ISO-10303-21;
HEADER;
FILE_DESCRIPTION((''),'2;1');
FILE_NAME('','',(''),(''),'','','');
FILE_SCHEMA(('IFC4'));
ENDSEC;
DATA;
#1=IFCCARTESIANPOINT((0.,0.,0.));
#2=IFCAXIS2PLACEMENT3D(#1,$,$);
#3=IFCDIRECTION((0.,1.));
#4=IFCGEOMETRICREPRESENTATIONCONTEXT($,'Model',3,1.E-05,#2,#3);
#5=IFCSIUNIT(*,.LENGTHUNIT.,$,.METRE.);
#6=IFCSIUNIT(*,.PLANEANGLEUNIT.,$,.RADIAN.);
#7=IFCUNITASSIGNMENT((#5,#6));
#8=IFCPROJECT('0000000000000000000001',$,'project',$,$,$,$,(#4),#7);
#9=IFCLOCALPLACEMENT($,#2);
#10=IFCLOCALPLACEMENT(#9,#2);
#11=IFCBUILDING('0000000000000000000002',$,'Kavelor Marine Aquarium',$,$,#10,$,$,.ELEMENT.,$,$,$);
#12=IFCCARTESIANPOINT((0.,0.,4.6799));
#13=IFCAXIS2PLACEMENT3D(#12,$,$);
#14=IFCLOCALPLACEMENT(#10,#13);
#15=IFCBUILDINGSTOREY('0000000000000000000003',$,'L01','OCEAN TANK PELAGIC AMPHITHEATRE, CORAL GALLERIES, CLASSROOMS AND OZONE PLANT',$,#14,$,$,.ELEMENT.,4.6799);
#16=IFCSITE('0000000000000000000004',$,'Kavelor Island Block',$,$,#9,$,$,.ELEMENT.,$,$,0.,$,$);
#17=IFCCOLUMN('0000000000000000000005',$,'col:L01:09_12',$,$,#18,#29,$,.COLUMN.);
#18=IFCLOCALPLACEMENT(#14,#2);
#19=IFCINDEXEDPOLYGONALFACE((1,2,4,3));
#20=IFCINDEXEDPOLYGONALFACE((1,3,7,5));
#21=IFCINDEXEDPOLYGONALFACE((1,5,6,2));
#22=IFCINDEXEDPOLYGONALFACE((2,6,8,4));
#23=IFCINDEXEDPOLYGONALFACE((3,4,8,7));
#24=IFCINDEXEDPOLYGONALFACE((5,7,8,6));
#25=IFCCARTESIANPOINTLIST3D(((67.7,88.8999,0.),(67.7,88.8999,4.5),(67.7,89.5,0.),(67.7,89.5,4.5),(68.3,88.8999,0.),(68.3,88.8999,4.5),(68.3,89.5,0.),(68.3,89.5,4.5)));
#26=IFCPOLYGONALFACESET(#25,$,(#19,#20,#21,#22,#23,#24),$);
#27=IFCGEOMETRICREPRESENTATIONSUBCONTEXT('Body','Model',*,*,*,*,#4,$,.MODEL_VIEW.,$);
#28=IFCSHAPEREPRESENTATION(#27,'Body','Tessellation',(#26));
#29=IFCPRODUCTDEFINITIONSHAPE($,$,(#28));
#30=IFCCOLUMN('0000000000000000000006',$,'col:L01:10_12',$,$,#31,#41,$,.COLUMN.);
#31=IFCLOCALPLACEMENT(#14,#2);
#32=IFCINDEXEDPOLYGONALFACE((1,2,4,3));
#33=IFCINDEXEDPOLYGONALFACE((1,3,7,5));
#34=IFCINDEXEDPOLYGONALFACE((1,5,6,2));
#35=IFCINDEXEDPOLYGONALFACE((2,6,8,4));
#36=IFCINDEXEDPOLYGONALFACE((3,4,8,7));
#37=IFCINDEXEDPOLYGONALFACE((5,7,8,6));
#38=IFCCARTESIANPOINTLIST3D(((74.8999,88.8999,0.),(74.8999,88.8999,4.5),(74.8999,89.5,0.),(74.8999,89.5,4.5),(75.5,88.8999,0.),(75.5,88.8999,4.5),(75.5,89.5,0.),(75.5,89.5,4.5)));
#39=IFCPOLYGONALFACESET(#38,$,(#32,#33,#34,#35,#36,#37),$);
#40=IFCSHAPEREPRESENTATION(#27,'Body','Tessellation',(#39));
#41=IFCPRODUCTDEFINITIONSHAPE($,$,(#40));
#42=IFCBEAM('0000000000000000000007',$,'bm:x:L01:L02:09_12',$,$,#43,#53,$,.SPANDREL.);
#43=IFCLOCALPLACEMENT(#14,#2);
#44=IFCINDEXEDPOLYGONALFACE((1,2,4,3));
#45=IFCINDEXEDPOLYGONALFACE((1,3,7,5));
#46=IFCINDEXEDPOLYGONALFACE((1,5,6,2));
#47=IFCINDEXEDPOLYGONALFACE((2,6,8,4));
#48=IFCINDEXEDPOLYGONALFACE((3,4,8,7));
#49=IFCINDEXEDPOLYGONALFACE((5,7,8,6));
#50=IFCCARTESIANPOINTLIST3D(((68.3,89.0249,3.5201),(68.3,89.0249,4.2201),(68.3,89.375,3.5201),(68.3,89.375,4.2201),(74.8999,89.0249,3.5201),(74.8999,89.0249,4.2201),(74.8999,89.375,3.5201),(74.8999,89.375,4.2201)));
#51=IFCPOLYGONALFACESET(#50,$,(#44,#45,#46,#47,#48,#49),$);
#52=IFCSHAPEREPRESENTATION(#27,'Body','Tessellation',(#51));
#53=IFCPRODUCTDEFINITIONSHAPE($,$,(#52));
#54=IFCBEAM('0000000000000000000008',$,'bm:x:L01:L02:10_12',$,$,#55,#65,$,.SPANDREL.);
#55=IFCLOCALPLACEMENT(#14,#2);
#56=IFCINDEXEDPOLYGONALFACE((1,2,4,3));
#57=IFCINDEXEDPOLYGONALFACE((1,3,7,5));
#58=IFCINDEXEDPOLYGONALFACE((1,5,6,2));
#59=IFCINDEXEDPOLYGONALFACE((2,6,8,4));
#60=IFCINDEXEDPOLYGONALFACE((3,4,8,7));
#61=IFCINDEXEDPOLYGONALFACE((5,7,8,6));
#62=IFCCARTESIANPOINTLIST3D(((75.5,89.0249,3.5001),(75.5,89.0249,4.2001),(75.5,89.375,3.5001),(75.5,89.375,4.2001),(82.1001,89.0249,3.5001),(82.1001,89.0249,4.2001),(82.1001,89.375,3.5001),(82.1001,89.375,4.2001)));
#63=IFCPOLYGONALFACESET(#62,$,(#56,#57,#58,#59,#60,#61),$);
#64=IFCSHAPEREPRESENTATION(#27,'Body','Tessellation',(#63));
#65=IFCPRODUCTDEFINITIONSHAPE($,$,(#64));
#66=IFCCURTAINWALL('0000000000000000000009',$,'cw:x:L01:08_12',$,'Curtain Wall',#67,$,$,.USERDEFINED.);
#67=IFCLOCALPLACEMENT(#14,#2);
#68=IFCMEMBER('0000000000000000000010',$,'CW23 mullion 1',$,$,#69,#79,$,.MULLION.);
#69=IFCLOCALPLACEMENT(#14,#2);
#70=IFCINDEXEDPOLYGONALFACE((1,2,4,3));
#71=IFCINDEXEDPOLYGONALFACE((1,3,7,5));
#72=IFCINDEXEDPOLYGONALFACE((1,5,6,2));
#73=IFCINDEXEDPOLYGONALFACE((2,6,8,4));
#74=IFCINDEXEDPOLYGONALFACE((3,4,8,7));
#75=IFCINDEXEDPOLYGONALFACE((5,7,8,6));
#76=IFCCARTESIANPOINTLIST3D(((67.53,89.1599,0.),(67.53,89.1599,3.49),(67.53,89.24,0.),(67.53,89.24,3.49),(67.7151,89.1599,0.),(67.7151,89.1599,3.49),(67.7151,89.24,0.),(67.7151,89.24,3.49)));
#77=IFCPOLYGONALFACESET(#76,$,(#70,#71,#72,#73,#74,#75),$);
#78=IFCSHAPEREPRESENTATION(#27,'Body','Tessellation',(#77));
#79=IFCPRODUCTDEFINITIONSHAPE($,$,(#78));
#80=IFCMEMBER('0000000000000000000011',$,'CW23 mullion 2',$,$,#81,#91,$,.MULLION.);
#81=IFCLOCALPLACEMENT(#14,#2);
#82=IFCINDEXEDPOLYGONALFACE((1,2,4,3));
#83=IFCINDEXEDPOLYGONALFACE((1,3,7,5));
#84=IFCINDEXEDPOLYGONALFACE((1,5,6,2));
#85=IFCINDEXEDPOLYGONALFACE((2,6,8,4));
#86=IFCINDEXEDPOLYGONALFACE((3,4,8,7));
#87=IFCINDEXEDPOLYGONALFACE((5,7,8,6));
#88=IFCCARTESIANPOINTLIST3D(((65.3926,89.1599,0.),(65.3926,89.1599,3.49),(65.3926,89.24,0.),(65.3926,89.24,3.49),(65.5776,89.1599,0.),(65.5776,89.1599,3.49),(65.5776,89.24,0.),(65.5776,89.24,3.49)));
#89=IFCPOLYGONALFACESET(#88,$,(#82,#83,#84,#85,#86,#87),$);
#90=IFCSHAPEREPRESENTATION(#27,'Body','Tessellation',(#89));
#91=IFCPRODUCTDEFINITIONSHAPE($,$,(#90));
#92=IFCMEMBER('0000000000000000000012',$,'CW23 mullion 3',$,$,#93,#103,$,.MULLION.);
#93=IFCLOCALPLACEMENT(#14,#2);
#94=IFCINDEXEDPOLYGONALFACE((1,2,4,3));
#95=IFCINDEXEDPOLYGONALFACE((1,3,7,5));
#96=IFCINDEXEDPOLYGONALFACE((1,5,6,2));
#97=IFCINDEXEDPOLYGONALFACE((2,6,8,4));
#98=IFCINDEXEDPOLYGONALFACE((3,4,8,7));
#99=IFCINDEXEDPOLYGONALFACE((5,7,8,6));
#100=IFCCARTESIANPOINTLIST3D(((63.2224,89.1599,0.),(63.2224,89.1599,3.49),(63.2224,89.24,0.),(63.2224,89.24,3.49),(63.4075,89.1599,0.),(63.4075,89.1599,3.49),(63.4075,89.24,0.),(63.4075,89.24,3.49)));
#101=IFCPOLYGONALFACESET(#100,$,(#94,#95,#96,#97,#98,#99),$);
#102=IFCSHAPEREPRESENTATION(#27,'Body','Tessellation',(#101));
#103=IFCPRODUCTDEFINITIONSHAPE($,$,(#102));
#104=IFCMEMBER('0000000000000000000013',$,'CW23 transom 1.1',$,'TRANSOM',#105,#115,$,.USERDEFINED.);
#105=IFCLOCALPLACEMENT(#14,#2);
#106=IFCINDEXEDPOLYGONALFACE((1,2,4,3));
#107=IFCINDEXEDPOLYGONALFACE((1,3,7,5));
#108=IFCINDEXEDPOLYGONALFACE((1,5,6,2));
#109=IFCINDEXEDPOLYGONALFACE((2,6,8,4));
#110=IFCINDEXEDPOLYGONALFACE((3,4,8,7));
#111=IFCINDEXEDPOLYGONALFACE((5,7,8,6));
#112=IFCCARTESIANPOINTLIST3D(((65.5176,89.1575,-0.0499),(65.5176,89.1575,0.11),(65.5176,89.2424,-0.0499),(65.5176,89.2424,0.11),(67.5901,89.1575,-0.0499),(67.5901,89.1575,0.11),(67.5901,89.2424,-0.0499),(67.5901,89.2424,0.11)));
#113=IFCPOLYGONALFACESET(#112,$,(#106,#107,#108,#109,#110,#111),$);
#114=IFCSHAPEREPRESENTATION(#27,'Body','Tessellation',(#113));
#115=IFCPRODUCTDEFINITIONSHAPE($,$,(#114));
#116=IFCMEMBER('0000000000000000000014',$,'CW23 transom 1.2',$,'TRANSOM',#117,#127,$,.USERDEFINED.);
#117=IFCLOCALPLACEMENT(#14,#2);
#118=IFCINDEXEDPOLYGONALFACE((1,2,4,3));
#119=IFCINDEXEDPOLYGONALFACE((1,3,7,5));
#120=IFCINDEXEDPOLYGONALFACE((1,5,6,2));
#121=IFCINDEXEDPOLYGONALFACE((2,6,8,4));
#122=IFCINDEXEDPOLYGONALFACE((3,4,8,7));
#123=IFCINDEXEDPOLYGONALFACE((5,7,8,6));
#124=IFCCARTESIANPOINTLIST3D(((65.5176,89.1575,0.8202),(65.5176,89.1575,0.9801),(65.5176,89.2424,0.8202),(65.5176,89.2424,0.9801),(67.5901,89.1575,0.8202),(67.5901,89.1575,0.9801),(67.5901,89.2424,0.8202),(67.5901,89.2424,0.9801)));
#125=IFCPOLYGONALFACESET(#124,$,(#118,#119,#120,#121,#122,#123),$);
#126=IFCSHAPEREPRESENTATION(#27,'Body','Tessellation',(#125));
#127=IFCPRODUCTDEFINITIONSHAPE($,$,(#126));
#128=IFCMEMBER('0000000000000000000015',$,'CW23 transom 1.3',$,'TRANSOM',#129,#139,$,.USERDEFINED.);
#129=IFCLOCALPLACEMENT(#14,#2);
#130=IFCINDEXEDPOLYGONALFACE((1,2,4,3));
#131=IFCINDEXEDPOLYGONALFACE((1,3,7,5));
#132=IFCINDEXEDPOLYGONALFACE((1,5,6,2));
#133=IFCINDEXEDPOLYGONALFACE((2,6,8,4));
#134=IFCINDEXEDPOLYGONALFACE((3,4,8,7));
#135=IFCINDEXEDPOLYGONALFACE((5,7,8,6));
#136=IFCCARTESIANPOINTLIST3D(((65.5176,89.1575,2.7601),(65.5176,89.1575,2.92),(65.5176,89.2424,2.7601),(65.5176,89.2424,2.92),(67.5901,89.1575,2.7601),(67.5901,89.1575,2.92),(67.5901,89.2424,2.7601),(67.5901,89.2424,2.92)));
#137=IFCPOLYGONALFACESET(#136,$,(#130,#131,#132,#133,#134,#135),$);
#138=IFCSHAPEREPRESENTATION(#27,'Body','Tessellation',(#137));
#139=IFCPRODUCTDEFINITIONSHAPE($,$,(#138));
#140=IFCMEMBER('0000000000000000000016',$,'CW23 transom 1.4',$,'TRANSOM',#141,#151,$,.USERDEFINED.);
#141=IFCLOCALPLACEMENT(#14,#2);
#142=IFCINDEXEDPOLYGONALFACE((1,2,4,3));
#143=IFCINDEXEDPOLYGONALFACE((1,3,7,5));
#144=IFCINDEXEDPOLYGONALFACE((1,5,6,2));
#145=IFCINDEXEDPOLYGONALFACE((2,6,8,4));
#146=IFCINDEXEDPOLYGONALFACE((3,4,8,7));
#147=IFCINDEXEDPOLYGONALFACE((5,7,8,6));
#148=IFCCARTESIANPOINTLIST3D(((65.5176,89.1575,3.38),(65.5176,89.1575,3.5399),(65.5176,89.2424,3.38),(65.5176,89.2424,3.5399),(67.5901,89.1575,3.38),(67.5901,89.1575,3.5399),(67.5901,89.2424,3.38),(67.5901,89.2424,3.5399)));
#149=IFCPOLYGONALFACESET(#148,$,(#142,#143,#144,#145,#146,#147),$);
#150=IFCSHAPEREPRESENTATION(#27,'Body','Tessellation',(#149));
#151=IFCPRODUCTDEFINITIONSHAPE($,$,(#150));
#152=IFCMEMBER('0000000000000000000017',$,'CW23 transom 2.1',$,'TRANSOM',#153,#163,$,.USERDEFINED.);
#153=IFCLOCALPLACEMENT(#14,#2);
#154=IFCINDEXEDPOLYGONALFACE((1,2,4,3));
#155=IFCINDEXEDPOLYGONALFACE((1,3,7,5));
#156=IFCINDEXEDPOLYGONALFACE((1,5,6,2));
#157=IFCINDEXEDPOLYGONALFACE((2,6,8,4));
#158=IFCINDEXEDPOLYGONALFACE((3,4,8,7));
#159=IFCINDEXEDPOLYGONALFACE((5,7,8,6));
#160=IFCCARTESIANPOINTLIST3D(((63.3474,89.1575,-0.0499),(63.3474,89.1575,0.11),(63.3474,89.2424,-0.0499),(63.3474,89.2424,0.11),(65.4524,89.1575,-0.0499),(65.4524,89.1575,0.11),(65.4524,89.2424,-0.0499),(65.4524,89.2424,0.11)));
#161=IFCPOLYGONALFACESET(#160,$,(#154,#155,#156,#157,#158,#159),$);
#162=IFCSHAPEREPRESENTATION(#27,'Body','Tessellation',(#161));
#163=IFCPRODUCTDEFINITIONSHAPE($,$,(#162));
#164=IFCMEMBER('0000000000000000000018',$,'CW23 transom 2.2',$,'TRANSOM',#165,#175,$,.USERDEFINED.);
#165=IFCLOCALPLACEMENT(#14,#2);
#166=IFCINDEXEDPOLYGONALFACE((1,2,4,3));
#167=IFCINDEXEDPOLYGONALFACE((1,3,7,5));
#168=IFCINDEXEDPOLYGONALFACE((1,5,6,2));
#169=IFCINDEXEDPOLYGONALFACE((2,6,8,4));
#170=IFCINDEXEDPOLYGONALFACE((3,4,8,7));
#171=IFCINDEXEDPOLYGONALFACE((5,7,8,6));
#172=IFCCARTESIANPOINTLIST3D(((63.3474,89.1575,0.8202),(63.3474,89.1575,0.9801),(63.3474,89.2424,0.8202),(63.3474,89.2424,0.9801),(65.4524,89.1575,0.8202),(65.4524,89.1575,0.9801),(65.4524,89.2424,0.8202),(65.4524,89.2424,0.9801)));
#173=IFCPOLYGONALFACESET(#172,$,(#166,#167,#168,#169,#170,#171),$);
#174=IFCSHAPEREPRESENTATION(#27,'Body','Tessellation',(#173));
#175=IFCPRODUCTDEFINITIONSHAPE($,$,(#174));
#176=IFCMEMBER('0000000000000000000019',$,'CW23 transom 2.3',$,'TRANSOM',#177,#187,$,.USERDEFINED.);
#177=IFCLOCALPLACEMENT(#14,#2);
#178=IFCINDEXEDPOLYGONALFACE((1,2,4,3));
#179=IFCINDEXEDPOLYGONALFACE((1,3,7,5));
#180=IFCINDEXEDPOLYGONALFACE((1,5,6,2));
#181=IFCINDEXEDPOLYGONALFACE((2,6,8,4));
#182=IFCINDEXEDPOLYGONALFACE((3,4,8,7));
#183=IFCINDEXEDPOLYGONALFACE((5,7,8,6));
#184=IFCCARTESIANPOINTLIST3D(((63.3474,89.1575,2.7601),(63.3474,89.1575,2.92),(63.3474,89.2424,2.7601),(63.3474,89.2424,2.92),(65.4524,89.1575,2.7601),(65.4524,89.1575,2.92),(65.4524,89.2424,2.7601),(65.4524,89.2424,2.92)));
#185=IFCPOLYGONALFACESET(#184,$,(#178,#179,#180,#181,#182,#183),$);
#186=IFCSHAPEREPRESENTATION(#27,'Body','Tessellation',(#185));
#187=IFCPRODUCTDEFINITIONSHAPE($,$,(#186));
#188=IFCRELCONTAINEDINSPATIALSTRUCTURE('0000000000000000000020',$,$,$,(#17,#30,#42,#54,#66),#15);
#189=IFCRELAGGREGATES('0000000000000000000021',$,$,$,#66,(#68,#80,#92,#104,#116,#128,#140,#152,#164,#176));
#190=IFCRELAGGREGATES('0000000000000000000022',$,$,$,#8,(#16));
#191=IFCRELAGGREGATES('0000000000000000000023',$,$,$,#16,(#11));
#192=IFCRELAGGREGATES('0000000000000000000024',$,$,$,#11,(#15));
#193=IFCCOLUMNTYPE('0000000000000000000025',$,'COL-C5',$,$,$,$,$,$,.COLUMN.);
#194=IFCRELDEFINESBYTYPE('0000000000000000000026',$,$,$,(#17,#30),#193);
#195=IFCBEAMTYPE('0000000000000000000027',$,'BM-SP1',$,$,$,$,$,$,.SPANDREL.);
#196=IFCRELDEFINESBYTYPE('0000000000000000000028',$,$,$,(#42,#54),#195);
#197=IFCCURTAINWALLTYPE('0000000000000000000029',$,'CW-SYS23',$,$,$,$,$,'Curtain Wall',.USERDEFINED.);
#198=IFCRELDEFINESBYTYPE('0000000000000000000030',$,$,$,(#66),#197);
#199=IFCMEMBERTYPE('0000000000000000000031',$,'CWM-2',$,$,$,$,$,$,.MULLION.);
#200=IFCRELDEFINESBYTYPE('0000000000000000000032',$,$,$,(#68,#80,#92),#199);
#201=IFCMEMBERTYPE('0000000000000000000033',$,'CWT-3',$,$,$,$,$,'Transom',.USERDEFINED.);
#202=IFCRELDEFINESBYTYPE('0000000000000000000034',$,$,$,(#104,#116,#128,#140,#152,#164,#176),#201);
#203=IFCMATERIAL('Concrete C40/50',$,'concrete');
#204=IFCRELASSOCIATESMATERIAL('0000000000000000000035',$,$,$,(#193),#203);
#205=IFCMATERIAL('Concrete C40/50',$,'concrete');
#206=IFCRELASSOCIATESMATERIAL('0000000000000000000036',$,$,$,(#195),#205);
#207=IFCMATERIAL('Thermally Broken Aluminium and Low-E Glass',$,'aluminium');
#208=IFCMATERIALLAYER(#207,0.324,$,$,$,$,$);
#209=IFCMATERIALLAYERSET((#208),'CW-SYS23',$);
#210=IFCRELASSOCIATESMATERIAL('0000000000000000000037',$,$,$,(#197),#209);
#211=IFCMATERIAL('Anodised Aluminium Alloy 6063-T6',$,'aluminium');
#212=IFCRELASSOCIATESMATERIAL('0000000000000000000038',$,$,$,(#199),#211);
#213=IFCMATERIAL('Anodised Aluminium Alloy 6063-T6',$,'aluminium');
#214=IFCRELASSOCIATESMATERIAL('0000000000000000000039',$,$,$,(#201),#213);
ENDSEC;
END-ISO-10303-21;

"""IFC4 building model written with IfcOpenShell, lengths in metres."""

from ifc_helpers import new_model, si_unit, direction, frame, origin, origin_2d, place, context, subcontext, project, spatial, rectangle, extrude, material, layer, layer_set, material_profile, profile_set, type_object, element, aggregate, save


model = new_model("IFC4")

# Units and contexts
model_context = context("Model", 3, precision=1e-05, world=origin(), true_north=direction((0.0, 1.0)))
body_context = subcontext(model_context, "Body", "Model", "MODEL_VIEW")
ifc_project = project(units=[si_unit("LENGTHUNIT", "METRE"), si_unit("PLANEANGLEUNIT", "RADIAN")], contexts=[model_context])

# Site, building, storey
site_placement = place(None, origin())
site = spatial("IfcSite", under=ifc_project, at=site_placement, Name="Kavelor Island Block", CompositionType="ELEMENT", RefElevation=0.0)
building_placement = place(site_placement, origin())
building = spatial("IfcBuilding", under=site, at=building_placement, Name="Kavelor Marine Aquarium", CompositionType="ELEMENT")
storey_placement = place(building_placement, frame((0.0, 0.0, 4.6799)))
storey = spatial("IfcBuildingStorey", under=building, at=storey_placement, Name="L01", Description="OCEAN TANK PELAGIC AMPHITHEATRE, CORAL GALLERIES, CLASSROOMS AND OZONE PLANT", CompositionType="ELEMENT", Elevation=4.6799)

# Columns
ifc_material_1 = material(Name="Concrete C40/50", Category="concrete")
ifc_material_profile_1 = material_profile(ifc_material_1, rectangle(XDim=0.6001, YDim=0.6001, at=origin_2d()), Name="RC-COL 600x600")
ifc_profile_set_1 = profile_set([ifc_material_profile_1], Name="Concrete C40/50")
column_type = type_object("IfcColumnType", Name="COL-C5", PredefinedType="COLUMN", material=ifc_profile_set_1)
for number, where, z_axis, x_axis, name in (
    (1, (68.0, 89.2, 0.0), (0.0, 0.0, 1.0), (1.0, 0.0, 0.0), "col:L01:09_12"),
    (2, (75.2, 89.2, 0.0), (0.0, 0.0, 1.0), (1.0, 0.0, 0.0), "col:L01:10_12"),
):
    element("IfcColumn", number, at=place(storey_placement, frame(where, z_axis=z_axis, x_axis=x_axis)), inside=storey, type_object=column_type, Name=name, PredefinedType="COLUMN", context=body_context, shape_type="SweptSolid", body=[
        extrude(rectangle(XDim=0.6001, YDim=0.6001, at=origin_2d()), origin(), (0.0, 0.0, 1.0), 4.5),
    ])

# Beams
ifc_material_2 = material(Name="Concrete C40/50", Category="concrete")
ifc_material_profile_2 = material_profile(ifc_material_2, rectangle(XDim=0.3501, YDim=0.7, at=origin_2d()), Name="RC-SP 350x700")
ifc_profile_set_2 = profile_set([ifc_material_profile_2], Name="Concrete C40/50")
beam_type = type_object("IfcBeamType", Name="BM-SP1", PredefinedType="SPANDREL", material=ifc_profile_set_2)
beam_1_placement = place(storey_placement, frame((68.3, 89.2, 3.8701), z_axis=(1.0, 0.0, 0.0), x_axis=(0.0, 1.0, 0.0)))
element("IfcBeam", 3, at=beam_1_placement, inside=storey, type_object=beam_type, Name="bm:x:L01:L02:09_12", PredefinedType="SPANDREL", context=body_context, shape_type="SweptSolid", body=[
    extrude(rectangle(XDim=0.3501, YDim=0.7, at=origin_2d()), origin(), (0.0, 0.0, 1.0), 6.5999),
])
beam_2_placement = place(storey_placement, frame((75.5, 89.2, 3.8501), z_axis=(1.0, 0.0, 0.0), x_axis=(0.0, 1.0, 0.0)))
element("IfcBeam", 4, at=beam_2_placement, inside=storey, type_object=beam_type, Name="bm:x:L01:L02:10_12", PredefinedType="SPANDREL", context=body_context, shape_type="SweptSolid", body=[
    extrude(rectangle(XDim=0.3501, YDim=0.7, at=origin_2d()), origin(), (0.0, 0.0, 1.0), 6.6001),
])

# Curtain wall, members
ifc_material_3 = material(Name="Thermally Broken Aluminium and Low-E Glass", Category="aluminium")
ifc_layer_1 = layer(ifc_material_3, 0.324)
ifc_layer_set_1 = layer_set([ifc_layer_1], Name="CW-SYS23")
curtain_wall_type = type_object("IfcCurtainWallType", Name="CW-SYS23", ElementType="Curtain Wall", PredefinedType="USERDEFINED", material=ifc_layer_set_1)
curtain_wall_placement = place(storey_placement, origin())
curtain_wall = element("IfcCurtainWall", 5, at=curtain_wall_placement, inside=storey, type_object=curtain_wall_type, Name="cw:x:L01:08_12", ObjectType="Curtain Wall", PredefinedType="USERDEFINED")
ifc_material_4 = material(Name="Anodised Aluminium Alloy 6063-T6", Category="aluminium")
ifc_material_profile_3 = material_profile(ifc_material_4, rectangle(XDim=0.0801, YDim=0.1851, at=origin_2d()), Name="CW-MUL 80x185")
ifc_profile_set_3 = profile_set([ifc_material_profile_3], Name="Anodised Aluminium Alloy 6063-T6")
member_type_1 = type_object("IfcMemberType", Name="CWM-2", PredefinedType="MULLION", material=ifc_profile_set_3)
member_1_placement = place(storey_placement, frame((67.6226, 89.2, 0.0), z_axis=(0.0, 0.0, 1.0), x_axis=(0.0, -1.0, 0.0)))
member_1 = element("IfcMember", 6, at=member_1_placement, type_object=member_type_1, Name="CW23 mullion 1", PredefinedType="MULLION", context=body_context, shape_type="SweptSolid", body=[
    extrude(rectangle(XDim=0.0801, YDim=0.1851, at=origin_2d()), origin(), (0.0, 0.0, 1.0), 3.49),
])
member_2_placement = place(storey_placement, frame((65.4851, 89.2, 0.0), z_axis=(0.0, 0.0, 1.0), x_axis=(0.0, -1.0, 0.0)))
member_2 = element("IfcMember", 7, at=member_2_placement, type_object=member_type_1, Name="CW23 mullion 2", PredefinedType="MULLION", context=body_context, shape_type="SweptSolid", body=[
    extrude(rectangle(XDim=0.0801, YDim=0.1851, at=origin_2d()), origin(), (0.0, 0.0, 1.0), 3.49),
])
member_3_placement = place(storey_placement, frame((63.3149, 89.2, 0.0), z_axis=(0.0, 0.0, 1.0), x_axis=(0.0, -1.0, 0.0)))
member_3 = element("IfcMember", 8, at=member_3_placement, type_object=member_type_1, Name="CW23 mullion 3", PredefinedType="MULLION", context=body_context, shape_type="SweptSolid", body=[
    extrude(rectangle(XDim=0.0801, YDim=0.1851, at=origin_2d()), origin(), (0.0, 0.0, 1.0), 3.49),
])
ifc_material_5 = material(Name="Anodised Aluminium Alloy 6063-T6", Category="aluminium")
ifc_material_profile_4 = material_profile(ifc_material_5, rectangle(XDim=0.085, YDim=0.1599, at=origin_2d()), Name="CW-TRN 85x160")
ifc_profile_set_4 = profile_set([ifc_material_profile_4], Name="Anodised Aluminium Alloy 6063-T6")
member_type_2 = type_object("IfcMemberType", Name="CWT-3", ElementType="Transom", PredefinedType="USERDEFINED", material=ifc_profile_set_4)
member_4_placement = place(storey_placement, frame((67.5901, 89.2, 0.03), z_axis=(-1.0, 0.0, 0.0), x_axis=(0.0, -1.0, 0.0)))
member_4 = element("IfcMember", 9, at=member_4_placement, type_object=member_type_2, Name="CW23 transom 1.1", ObjectType="TRANSOM", PredefinedType="USERDEFINED", context=body_context, shape_type="SweptSolid", body=[
    extrude(rectangle(XDim=0.085, YDim=0.1599, at=origin_2d()), origin(), (0.0, 0.0, 1.0), 2.0725),
])
member_5_placement = place(storey_placement, frame((67.5901, 89.2, 0.9001), z_axis=(-1.0, 0.0, 0.0), x_axis=(0.0, -1.0, 0.0)))
member_5 = element("IfcMember", 10, at=member_5_placement, type_object=member_type_2, Name="CW23 transom 1.2", ObjectType="TRANSOM", PredefinedType="USERDEFINED", context=body_context, shape_type="SweptSolid", body=[
    extrude(rectangle(XDim=0.085, YDim=0.1599, at=origin_2d()), origin(), (0.0, 0.0, 1.0), 2.0725),
])
member_6_placement = place(storey_placement, frame((67.5901, 89.2, 2.8401), z_axis=(-1.0, 0.0, 0.0), x_axis=(0.0, -1.0, 0.0)))
member_6 = element("IfcMember", 11, at=member_6_placement, type_object=member_type_2, Name="CW23 transom 1.3", ObjectType="TRANSOM", PredefinedType="USERDEFINED", context=body_context, shape_type="SweptSolid", body=[
    extrude(rectangle(XDim=0.085, YDim=0.1599, at=origin_2d()), origin(), (0.0, 0.0, 1.0), 2.0725),
])
member_7_placement = place(storey_placement, frame((67.5901, 89.2, 3.46), z_axis=(-1.0, 0.0, 0.0), x_axis=(0.0, -1.0, 0.0)))
member_7 = element("IfcMember", 12, at=member_7_placement, type_object=member_type_2, Name="CW23 transom 1.4", ObjectType="TRANSOM", PredefinedType="USERDEFINED", context=body_context, shape_type="SweptSolid", body=[
    extrude(rectangle(XDim=0.085, YDim=0.1599, at=origin_2d()), origin(), (0.0, 0.0, 1.0), 2.0725),
])
member_8_placement = place(storey_placement, frame((65.4524, 89.2, 0.03), z_axis=(-1.0, 0.0, 0.0), x_axis=(0.0, -1.0, 0.0)))
member_8 = element("IfcMember", 13, at=member_8_placement, type_object=member_type_2, Name="CW23 transom 2.1", ObjectType="TRANSOM", PredefinedType="USERDEFINED", context=body_context, shape_type="SweptSolid", body=[
    extrude(rectangle(XDim=0.085, YDim=0.1599, at=origin_2d()), origin(), (0.0, 0.0, 1.0), 2.105),
])
member_9_placement = place(storey_placement, frame((65.4524, 89.2, 0.9001), z_axis=(-1.0, 0.0, 0.0), x_axis=(0.0, -1.0, 0.0)))
member_9 = element("IfcMember", 14, at=member_9_placement, type_object=member_type_2, Name="CW23 transom 2.2", ObjectType="TRANSOM", PredefinedType="USERDEFINED", context=body_context, shape_type="SweptSolid", body=[
    extrude(rectangle(XDim=0.085, YDim=0.1599, at=origin_2d()), origin(), (0.0, 0.0, 1.0), 2.105),
])
member_10_placement = place(storey_placement, frame((65.4524, 89.2, 2.8401), z_axis=(-1.0, 0.0, 0.0), x_axis=(0.0, -1.0, 0.0)))
member_10 = element("IfcMember", 15, at=member_10_placement, type_object=member_type_2, Name="CW23 transom 2.3", ObjectType="TRANSOM", PredefinedType="USERDEFINED", context=body_context, shape_type="SweptSolid", body=[
    extrude(rectangle(XDim=0.085, YDim=0.1599, at=origin_2d()), origin(), (0.0, 0.0, 1.0), 2.105),
])
aggregate(curtain_wall, [member_1, member_2, member_3, member_4, member_5, member_6, member_7, member_8, member_9, member_10])

save(model, "model.ifc")
